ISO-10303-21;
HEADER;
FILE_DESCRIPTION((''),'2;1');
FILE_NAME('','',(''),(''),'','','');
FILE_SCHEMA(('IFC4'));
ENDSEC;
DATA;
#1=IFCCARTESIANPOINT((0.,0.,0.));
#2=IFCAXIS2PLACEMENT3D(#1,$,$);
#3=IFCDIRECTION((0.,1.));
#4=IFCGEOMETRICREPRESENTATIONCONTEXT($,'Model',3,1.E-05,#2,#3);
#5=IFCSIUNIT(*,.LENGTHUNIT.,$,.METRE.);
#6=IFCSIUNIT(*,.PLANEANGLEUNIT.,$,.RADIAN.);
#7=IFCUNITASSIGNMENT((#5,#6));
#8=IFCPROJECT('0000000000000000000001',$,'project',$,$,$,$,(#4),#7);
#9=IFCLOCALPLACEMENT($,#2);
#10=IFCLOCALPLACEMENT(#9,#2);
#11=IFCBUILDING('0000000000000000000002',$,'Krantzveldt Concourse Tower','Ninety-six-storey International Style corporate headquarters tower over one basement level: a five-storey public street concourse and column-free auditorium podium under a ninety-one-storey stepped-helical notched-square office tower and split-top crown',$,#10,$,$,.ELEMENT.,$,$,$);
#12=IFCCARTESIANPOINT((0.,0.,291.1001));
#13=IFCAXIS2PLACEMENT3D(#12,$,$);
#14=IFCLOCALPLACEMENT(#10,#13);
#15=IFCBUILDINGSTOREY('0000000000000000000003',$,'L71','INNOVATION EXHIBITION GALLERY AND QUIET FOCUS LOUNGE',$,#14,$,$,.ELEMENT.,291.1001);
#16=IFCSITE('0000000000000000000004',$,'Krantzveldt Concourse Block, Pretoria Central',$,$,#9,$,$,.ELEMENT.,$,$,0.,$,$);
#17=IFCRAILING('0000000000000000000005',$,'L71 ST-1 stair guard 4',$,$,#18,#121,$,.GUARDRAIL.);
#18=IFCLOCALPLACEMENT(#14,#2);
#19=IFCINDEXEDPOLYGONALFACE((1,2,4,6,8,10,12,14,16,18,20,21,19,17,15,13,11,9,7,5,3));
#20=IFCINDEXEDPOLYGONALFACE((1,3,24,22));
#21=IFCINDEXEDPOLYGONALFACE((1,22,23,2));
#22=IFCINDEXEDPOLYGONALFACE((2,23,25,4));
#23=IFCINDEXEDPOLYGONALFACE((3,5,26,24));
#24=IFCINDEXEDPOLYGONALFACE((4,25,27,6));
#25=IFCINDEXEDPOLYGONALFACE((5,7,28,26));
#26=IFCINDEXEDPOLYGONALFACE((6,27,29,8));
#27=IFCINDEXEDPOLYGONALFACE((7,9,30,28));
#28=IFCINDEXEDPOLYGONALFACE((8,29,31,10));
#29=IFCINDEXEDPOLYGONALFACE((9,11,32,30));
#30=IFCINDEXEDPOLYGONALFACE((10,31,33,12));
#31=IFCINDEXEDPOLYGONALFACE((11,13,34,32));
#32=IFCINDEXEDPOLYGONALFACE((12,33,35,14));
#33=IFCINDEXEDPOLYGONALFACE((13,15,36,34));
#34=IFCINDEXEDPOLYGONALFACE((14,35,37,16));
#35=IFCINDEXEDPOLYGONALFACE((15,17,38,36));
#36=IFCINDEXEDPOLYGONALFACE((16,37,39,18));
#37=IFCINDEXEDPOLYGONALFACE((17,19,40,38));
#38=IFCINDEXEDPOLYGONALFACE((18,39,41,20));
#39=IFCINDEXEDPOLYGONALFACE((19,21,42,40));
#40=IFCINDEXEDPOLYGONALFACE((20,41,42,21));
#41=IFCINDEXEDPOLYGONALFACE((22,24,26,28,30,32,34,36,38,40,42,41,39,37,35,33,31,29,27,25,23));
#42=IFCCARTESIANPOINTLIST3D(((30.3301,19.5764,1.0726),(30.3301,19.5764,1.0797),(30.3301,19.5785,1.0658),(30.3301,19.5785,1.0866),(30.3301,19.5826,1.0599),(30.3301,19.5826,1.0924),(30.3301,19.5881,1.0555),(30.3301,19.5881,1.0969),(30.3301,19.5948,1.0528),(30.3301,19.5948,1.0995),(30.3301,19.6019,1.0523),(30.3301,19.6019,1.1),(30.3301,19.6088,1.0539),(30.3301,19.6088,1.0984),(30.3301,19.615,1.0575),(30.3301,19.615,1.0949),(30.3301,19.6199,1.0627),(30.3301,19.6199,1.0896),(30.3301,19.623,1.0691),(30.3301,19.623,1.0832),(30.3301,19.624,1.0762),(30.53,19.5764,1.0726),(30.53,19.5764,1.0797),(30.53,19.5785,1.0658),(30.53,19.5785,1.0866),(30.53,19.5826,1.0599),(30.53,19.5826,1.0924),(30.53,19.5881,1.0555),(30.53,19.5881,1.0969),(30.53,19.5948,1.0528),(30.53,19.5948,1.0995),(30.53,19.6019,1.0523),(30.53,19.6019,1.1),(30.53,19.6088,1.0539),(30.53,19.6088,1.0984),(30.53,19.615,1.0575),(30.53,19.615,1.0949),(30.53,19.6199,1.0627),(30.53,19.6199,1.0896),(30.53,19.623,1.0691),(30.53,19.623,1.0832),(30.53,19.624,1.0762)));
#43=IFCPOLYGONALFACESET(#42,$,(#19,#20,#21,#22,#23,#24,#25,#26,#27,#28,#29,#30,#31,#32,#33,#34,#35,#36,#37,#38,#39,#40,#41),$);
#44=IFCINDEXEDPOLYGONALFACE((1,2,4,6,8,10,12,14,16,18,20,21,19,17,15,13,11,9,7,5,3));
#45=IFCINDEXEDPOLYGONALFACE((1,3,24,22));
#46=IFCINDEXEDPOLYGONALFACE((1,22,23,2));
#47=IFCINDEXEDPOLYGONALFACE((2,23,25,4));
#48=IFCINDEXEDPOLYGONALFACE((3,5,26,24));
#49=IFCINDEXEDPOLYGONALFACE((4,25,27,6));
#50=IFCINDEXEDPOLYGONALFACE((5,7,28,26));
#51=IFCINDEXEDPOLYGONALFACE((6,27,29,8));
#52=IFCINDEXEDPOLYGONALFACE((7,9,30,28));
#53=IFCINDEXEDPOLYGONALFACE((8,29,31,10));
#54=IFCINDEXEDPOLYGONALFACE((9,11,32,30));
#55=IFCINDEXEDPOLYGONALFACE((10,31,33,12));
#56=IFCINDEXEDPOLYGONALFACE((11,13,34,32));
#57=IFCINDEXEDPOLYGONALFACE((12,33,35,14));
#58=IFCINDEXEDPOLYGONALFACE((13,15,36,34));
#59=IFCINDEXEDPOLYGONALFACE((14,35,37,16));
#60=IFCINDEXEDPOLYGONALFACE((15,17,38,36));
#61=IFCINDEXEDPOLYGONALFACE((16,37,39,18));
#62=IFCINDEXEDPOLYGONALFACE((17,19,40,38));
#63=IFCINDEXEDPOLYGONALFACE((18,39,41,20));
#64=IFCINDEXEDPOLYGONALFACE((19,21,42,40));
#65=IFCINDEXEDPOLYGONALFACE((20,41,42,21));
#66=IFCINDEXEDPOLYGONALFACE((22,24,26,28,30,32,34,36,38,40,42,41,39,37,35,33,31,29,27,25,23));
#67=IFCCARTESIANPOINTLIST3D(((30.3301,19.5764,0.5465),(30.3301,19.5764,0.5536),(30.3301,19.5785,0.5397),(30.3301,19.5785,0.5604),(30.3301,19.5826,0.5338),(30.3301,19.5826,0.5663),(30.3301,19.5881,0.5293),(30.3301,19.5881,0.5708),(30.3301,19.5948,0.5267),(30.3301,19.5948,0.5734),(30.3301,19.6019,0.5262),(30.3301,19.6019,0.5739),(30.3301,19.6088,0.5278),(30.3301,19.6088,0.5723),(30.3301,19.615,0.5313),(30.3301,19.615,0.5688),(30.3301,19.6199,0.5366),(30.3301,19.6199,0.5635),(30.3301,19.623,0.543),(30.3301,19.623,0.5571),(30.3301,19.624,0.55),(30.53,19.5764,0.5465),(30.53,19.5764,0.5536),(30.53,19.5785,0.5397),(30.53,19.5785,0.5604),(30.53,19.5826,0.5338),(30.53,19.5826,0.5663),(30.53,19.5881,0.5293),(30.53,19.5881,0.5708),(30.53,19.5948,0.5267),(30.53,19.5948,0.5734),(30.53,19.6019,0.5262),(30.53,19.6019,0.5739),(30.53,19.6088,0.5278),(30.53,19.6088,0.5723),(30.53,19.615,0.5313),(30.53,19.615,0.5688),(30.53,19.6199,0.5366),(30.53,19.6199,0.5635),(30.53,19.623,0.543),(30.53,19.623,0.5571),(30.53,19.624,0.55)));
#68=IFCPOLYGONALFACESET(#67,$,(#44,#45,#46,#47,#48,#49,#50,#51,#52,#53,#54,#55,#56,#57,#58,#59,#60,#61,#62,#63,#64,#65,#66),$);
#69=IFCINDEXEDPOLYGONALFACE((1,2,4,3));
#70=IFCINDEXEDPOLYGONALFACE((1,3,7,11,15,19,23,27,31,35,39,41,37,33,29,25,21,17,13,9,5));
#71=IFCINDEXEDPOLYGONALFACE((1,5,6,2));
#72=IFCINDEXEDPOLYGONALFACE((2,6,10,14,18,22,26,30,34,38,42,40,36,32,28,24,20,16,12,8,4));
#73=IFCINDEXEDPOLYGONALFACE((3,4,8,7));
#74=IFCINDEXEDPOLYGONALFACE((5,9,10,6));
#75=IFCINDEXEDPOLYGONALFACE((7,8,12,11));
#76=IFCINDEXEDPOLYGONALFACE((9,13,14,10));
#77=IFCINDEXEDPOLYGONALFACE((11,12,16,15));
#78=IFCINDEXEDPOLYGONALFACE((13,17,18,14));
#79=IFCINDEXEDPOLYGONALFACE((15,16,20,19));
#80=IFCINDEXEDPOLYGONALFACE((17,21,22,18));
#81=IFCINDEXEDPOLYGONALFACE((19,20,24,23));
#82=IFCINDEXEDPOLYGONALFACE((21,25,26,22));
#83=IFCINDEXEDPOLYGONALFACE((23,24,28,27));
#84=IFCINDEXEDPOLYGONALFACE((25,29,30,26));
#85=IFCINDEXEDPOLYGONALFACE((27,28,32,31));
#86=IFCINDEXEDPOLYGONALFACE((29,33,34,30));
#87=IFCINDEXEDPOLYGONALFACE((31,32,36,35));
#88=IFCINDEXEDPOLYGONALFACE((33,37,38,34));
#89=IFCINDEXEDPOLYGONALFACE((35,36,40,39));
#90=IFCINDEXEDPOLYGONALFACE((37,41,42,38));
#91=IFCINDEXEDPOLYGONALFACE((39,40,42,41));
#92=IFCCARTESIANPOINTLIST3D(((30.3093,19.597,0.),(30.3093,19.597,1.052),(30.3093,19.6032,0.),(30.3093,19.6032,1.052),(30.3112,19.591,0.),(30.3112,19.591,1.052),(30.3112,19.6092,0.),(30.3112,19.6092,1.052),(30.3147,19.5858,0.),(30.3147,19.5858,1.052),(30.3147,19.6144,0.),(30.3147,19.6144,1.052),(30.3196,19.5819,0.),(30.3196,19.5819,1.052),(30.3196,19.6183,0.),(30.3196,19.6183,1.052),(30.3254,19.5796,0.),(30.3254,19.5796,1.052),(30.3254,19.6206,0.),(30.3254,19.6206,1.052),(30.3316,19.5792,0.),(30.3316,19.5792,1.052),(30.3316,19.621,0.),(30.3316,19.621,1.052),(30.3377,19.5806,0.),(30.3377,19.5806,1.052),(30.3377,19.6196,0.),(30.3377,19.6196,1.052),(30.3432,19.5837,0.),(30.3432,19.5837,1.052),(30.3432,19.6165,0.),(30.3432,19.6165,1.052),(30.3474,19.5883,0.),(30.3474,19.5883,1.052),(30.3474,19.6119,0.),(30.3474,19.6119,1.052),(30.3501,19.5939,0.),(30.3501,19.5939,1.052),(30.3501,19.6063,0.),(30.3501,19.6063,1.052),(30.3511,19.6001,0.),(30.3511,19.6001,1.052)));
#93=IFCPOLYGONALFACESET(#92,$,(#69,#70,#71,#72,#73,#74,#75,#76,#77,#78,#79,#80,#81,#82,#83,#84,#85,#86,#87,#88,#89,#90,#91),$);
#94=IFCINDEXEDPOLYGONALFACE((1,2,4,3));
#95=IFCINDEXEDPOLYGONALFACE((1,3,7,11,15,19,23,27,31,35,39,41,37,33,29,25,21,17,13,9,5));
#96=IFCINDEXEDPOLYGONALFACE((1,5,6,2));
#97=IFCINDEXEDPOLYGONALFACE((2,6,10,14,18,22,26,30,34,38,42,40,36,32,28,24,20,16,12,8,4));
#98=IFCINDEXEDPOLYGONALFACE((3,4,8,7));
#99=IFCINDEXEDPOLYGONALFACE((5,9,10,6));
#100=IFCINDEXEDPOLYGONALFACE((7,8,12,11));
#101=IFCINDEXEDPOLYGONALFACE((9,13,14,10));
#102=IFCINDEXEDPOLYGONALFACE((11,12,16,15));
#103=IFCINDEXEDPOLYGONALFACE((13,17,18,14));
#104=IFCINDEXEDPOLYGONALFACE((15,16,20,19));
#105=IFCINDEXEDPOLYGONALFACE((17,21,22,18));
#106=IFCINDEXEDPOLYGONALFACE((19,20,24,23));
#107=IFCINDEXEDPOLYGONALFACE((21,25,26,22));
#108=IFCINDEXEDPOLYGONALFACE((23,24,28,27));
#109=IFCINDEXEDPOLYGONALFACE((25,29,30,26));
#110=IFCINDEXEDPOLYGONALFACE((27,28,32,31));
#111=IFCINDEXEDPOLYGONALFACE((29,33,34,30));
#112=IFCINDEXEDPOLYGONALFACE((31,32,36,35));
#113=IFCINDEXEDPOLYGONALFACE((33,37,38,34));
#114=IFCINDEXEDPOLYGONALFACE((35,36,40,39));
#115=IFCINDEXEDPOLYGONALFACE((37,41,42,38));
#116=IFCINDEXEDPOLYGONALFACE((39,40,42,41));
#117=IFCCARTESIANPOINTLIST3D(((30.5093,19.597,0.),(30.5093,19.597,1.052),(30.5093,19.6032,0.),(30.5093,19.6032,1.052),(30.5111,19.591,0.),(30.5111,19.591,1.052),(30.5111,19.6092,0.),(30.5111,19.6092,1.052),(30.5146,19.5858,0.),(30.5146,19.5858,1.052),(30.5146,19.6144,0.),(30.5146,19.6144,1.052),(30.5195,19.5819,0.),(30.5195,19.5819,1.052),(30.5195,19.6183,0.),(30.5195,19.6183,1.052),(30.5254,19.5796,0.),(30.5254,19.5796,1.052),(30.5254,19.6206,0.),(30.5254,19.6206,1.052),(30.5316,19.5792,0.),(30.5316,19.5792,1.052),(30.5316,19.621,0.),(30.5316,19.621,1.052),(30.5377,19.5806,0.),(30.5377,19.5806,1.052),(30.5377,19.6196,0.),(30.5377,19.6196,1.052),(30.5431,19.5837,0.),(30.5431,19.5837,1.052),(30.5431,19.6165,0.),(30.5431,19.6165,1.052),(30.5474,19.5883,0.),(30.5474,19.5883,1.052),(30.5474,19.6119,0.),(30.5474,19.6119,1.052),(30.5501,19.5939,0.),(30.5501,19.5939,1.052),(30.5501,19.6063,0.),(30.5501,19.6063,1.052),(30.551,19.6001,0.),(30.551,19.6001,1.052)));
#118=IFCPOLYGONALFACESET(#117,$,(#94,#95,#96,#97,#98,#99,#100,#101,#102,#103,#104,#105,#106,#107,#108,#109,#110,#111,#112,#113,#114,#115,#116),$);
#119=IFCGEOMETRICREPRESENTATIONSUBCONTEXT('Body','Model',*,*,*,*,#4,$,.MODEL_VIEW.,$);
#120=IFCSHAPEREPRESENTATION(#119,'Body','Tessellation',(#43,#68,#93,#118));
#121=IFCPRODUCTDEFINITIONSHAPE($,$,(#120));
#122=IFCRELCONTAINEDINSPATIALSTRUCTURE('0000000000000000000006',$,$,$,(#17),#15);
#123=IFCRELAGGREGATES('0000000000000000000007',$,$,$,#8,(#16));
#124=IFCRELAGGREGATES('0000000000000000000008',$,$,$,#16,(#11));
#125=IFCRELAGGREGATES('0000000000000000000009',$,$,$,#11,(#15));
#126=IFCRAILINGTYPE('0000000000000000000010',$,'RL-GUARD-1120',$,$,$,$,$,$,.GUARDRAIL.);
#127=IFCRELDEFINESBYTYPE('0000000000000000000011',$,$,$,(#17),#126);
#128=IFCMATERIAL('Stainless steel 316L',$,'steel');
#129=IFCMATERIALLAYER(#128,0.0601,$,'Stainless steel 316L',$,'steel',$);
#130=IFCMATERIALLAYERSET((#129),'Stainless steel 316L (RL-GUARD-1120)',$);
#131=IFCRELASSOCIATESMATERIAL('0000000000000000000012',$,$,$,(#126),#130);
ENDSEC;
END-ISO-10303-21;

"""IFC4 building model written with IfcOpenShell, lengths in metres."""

from ifc_helpers import new_model, si_unit, direction, frame, origin, origin_2d, place, context, subcontext, project, spatial, circle, extrude, material, layer, layer_set, type_object, element, save


model = new_model("IFC4")

# Units and contexts
model_context = context("Model", 3, precision=1e-05, world=origin(), true_north=direction((0.0, 1.0)))
body_context = subcontext(model_context, "Body", "Model", "MODEL_VIEW")
ifc_project = project(units=[si_unit("LENGTHUNIT", "METRE"), si_unit("PLANEANGLEUNIT", "RADIAN")], contexts=[model_context])

# Site, building, storey
site_placement = place(None, origin())
site = spatial("IfcSite", under=ifc_project, at=site_placement, Name="Krantzveldt Concourse Block, Pretoria Central", CompositionType="ELEMENT", RefElevation=0.0)
building_placement = place(site_placement, origin())
building = spatial("IfcBuilding", under=site, at=building_placement, Name="Krantzveldt Concourse Tower", Description="Ninety-six-storey International Style corporate headquarters tower over one basement level: a five-storey public street concourse and column-free auditorium podium under a ninety-one-storey stepped-helical notched-square office tower and split-top crown", CompositionType="ELEMENT")
storey_placement = place(building_placement, frame((0.0, 0.0, 291.1001)))
storey = spatial("IfcBuildingStorey", under=building, at=storey_placement, Name="L71", Description="INNOVATION EXHIBITION GALLERY AND QUIET FOCUS LOUNGE", CompositionType="ELEMENT", Elevation=291.1001)

# Railing
ifc_material_1 = material(Name="Stainless steel 316L", Category="steel")
ifc_layer_1 = layer(ifc_material_1, 0.0601, Name="Stainless steel 316L", Category="steel")
ifc_layer_set_1 = layer_set([ifc_layer_1], Name="Stainless steel 316L (RL-GUARD-1120)")
railing_type_1 = type_object("IfcRailingType", Name="RL-GUARD-1120", PredefinedType="GUARDRAIL", material=ifc_layer_set_1)
railing_1_placement = place(storey_placement, frame((30.3301, 19.6001, 0.0)))
element("IfcRailing", 1, at=railing_1_placement, inside=storey, type_object=railing_type_1, Name="L71 ST-1 stair guard 4", PredefinedType="GUARDRAIL", context=body_context, shape_type="SweptSolid", body=[
    extrude(circle(Radius=0.0239, at=origin_2d()), frame((0.0, 0.0, 1.0762), z_axis=(1.0, 0.0, 0.0), x_axis=(0.0, 1.0, 0.0)), (0.0, 0.0, 1.0), 0.2),
    extrude(circle(Radius=0.0239, at=origin_2d()), frame((0.0, 0.0, 0.55), z_axis=(1.0, 0.0, 0.0), x_axis=(0.0, 1.0, 0.0)), (0.0, 0.0, 1.0), 0.2),
    extrude(circle(Radius=0.021, at=origin_2d()), origin(), (0.0, 0.0, 1.0), 1.052),
    extrude(circle(Radius=0.021, at=origin_2d()), frame((0.2, 0.0, 0.0)), (0.0, 0.0, 1.0), 1.052),
])

save(model, "model.ifc")
